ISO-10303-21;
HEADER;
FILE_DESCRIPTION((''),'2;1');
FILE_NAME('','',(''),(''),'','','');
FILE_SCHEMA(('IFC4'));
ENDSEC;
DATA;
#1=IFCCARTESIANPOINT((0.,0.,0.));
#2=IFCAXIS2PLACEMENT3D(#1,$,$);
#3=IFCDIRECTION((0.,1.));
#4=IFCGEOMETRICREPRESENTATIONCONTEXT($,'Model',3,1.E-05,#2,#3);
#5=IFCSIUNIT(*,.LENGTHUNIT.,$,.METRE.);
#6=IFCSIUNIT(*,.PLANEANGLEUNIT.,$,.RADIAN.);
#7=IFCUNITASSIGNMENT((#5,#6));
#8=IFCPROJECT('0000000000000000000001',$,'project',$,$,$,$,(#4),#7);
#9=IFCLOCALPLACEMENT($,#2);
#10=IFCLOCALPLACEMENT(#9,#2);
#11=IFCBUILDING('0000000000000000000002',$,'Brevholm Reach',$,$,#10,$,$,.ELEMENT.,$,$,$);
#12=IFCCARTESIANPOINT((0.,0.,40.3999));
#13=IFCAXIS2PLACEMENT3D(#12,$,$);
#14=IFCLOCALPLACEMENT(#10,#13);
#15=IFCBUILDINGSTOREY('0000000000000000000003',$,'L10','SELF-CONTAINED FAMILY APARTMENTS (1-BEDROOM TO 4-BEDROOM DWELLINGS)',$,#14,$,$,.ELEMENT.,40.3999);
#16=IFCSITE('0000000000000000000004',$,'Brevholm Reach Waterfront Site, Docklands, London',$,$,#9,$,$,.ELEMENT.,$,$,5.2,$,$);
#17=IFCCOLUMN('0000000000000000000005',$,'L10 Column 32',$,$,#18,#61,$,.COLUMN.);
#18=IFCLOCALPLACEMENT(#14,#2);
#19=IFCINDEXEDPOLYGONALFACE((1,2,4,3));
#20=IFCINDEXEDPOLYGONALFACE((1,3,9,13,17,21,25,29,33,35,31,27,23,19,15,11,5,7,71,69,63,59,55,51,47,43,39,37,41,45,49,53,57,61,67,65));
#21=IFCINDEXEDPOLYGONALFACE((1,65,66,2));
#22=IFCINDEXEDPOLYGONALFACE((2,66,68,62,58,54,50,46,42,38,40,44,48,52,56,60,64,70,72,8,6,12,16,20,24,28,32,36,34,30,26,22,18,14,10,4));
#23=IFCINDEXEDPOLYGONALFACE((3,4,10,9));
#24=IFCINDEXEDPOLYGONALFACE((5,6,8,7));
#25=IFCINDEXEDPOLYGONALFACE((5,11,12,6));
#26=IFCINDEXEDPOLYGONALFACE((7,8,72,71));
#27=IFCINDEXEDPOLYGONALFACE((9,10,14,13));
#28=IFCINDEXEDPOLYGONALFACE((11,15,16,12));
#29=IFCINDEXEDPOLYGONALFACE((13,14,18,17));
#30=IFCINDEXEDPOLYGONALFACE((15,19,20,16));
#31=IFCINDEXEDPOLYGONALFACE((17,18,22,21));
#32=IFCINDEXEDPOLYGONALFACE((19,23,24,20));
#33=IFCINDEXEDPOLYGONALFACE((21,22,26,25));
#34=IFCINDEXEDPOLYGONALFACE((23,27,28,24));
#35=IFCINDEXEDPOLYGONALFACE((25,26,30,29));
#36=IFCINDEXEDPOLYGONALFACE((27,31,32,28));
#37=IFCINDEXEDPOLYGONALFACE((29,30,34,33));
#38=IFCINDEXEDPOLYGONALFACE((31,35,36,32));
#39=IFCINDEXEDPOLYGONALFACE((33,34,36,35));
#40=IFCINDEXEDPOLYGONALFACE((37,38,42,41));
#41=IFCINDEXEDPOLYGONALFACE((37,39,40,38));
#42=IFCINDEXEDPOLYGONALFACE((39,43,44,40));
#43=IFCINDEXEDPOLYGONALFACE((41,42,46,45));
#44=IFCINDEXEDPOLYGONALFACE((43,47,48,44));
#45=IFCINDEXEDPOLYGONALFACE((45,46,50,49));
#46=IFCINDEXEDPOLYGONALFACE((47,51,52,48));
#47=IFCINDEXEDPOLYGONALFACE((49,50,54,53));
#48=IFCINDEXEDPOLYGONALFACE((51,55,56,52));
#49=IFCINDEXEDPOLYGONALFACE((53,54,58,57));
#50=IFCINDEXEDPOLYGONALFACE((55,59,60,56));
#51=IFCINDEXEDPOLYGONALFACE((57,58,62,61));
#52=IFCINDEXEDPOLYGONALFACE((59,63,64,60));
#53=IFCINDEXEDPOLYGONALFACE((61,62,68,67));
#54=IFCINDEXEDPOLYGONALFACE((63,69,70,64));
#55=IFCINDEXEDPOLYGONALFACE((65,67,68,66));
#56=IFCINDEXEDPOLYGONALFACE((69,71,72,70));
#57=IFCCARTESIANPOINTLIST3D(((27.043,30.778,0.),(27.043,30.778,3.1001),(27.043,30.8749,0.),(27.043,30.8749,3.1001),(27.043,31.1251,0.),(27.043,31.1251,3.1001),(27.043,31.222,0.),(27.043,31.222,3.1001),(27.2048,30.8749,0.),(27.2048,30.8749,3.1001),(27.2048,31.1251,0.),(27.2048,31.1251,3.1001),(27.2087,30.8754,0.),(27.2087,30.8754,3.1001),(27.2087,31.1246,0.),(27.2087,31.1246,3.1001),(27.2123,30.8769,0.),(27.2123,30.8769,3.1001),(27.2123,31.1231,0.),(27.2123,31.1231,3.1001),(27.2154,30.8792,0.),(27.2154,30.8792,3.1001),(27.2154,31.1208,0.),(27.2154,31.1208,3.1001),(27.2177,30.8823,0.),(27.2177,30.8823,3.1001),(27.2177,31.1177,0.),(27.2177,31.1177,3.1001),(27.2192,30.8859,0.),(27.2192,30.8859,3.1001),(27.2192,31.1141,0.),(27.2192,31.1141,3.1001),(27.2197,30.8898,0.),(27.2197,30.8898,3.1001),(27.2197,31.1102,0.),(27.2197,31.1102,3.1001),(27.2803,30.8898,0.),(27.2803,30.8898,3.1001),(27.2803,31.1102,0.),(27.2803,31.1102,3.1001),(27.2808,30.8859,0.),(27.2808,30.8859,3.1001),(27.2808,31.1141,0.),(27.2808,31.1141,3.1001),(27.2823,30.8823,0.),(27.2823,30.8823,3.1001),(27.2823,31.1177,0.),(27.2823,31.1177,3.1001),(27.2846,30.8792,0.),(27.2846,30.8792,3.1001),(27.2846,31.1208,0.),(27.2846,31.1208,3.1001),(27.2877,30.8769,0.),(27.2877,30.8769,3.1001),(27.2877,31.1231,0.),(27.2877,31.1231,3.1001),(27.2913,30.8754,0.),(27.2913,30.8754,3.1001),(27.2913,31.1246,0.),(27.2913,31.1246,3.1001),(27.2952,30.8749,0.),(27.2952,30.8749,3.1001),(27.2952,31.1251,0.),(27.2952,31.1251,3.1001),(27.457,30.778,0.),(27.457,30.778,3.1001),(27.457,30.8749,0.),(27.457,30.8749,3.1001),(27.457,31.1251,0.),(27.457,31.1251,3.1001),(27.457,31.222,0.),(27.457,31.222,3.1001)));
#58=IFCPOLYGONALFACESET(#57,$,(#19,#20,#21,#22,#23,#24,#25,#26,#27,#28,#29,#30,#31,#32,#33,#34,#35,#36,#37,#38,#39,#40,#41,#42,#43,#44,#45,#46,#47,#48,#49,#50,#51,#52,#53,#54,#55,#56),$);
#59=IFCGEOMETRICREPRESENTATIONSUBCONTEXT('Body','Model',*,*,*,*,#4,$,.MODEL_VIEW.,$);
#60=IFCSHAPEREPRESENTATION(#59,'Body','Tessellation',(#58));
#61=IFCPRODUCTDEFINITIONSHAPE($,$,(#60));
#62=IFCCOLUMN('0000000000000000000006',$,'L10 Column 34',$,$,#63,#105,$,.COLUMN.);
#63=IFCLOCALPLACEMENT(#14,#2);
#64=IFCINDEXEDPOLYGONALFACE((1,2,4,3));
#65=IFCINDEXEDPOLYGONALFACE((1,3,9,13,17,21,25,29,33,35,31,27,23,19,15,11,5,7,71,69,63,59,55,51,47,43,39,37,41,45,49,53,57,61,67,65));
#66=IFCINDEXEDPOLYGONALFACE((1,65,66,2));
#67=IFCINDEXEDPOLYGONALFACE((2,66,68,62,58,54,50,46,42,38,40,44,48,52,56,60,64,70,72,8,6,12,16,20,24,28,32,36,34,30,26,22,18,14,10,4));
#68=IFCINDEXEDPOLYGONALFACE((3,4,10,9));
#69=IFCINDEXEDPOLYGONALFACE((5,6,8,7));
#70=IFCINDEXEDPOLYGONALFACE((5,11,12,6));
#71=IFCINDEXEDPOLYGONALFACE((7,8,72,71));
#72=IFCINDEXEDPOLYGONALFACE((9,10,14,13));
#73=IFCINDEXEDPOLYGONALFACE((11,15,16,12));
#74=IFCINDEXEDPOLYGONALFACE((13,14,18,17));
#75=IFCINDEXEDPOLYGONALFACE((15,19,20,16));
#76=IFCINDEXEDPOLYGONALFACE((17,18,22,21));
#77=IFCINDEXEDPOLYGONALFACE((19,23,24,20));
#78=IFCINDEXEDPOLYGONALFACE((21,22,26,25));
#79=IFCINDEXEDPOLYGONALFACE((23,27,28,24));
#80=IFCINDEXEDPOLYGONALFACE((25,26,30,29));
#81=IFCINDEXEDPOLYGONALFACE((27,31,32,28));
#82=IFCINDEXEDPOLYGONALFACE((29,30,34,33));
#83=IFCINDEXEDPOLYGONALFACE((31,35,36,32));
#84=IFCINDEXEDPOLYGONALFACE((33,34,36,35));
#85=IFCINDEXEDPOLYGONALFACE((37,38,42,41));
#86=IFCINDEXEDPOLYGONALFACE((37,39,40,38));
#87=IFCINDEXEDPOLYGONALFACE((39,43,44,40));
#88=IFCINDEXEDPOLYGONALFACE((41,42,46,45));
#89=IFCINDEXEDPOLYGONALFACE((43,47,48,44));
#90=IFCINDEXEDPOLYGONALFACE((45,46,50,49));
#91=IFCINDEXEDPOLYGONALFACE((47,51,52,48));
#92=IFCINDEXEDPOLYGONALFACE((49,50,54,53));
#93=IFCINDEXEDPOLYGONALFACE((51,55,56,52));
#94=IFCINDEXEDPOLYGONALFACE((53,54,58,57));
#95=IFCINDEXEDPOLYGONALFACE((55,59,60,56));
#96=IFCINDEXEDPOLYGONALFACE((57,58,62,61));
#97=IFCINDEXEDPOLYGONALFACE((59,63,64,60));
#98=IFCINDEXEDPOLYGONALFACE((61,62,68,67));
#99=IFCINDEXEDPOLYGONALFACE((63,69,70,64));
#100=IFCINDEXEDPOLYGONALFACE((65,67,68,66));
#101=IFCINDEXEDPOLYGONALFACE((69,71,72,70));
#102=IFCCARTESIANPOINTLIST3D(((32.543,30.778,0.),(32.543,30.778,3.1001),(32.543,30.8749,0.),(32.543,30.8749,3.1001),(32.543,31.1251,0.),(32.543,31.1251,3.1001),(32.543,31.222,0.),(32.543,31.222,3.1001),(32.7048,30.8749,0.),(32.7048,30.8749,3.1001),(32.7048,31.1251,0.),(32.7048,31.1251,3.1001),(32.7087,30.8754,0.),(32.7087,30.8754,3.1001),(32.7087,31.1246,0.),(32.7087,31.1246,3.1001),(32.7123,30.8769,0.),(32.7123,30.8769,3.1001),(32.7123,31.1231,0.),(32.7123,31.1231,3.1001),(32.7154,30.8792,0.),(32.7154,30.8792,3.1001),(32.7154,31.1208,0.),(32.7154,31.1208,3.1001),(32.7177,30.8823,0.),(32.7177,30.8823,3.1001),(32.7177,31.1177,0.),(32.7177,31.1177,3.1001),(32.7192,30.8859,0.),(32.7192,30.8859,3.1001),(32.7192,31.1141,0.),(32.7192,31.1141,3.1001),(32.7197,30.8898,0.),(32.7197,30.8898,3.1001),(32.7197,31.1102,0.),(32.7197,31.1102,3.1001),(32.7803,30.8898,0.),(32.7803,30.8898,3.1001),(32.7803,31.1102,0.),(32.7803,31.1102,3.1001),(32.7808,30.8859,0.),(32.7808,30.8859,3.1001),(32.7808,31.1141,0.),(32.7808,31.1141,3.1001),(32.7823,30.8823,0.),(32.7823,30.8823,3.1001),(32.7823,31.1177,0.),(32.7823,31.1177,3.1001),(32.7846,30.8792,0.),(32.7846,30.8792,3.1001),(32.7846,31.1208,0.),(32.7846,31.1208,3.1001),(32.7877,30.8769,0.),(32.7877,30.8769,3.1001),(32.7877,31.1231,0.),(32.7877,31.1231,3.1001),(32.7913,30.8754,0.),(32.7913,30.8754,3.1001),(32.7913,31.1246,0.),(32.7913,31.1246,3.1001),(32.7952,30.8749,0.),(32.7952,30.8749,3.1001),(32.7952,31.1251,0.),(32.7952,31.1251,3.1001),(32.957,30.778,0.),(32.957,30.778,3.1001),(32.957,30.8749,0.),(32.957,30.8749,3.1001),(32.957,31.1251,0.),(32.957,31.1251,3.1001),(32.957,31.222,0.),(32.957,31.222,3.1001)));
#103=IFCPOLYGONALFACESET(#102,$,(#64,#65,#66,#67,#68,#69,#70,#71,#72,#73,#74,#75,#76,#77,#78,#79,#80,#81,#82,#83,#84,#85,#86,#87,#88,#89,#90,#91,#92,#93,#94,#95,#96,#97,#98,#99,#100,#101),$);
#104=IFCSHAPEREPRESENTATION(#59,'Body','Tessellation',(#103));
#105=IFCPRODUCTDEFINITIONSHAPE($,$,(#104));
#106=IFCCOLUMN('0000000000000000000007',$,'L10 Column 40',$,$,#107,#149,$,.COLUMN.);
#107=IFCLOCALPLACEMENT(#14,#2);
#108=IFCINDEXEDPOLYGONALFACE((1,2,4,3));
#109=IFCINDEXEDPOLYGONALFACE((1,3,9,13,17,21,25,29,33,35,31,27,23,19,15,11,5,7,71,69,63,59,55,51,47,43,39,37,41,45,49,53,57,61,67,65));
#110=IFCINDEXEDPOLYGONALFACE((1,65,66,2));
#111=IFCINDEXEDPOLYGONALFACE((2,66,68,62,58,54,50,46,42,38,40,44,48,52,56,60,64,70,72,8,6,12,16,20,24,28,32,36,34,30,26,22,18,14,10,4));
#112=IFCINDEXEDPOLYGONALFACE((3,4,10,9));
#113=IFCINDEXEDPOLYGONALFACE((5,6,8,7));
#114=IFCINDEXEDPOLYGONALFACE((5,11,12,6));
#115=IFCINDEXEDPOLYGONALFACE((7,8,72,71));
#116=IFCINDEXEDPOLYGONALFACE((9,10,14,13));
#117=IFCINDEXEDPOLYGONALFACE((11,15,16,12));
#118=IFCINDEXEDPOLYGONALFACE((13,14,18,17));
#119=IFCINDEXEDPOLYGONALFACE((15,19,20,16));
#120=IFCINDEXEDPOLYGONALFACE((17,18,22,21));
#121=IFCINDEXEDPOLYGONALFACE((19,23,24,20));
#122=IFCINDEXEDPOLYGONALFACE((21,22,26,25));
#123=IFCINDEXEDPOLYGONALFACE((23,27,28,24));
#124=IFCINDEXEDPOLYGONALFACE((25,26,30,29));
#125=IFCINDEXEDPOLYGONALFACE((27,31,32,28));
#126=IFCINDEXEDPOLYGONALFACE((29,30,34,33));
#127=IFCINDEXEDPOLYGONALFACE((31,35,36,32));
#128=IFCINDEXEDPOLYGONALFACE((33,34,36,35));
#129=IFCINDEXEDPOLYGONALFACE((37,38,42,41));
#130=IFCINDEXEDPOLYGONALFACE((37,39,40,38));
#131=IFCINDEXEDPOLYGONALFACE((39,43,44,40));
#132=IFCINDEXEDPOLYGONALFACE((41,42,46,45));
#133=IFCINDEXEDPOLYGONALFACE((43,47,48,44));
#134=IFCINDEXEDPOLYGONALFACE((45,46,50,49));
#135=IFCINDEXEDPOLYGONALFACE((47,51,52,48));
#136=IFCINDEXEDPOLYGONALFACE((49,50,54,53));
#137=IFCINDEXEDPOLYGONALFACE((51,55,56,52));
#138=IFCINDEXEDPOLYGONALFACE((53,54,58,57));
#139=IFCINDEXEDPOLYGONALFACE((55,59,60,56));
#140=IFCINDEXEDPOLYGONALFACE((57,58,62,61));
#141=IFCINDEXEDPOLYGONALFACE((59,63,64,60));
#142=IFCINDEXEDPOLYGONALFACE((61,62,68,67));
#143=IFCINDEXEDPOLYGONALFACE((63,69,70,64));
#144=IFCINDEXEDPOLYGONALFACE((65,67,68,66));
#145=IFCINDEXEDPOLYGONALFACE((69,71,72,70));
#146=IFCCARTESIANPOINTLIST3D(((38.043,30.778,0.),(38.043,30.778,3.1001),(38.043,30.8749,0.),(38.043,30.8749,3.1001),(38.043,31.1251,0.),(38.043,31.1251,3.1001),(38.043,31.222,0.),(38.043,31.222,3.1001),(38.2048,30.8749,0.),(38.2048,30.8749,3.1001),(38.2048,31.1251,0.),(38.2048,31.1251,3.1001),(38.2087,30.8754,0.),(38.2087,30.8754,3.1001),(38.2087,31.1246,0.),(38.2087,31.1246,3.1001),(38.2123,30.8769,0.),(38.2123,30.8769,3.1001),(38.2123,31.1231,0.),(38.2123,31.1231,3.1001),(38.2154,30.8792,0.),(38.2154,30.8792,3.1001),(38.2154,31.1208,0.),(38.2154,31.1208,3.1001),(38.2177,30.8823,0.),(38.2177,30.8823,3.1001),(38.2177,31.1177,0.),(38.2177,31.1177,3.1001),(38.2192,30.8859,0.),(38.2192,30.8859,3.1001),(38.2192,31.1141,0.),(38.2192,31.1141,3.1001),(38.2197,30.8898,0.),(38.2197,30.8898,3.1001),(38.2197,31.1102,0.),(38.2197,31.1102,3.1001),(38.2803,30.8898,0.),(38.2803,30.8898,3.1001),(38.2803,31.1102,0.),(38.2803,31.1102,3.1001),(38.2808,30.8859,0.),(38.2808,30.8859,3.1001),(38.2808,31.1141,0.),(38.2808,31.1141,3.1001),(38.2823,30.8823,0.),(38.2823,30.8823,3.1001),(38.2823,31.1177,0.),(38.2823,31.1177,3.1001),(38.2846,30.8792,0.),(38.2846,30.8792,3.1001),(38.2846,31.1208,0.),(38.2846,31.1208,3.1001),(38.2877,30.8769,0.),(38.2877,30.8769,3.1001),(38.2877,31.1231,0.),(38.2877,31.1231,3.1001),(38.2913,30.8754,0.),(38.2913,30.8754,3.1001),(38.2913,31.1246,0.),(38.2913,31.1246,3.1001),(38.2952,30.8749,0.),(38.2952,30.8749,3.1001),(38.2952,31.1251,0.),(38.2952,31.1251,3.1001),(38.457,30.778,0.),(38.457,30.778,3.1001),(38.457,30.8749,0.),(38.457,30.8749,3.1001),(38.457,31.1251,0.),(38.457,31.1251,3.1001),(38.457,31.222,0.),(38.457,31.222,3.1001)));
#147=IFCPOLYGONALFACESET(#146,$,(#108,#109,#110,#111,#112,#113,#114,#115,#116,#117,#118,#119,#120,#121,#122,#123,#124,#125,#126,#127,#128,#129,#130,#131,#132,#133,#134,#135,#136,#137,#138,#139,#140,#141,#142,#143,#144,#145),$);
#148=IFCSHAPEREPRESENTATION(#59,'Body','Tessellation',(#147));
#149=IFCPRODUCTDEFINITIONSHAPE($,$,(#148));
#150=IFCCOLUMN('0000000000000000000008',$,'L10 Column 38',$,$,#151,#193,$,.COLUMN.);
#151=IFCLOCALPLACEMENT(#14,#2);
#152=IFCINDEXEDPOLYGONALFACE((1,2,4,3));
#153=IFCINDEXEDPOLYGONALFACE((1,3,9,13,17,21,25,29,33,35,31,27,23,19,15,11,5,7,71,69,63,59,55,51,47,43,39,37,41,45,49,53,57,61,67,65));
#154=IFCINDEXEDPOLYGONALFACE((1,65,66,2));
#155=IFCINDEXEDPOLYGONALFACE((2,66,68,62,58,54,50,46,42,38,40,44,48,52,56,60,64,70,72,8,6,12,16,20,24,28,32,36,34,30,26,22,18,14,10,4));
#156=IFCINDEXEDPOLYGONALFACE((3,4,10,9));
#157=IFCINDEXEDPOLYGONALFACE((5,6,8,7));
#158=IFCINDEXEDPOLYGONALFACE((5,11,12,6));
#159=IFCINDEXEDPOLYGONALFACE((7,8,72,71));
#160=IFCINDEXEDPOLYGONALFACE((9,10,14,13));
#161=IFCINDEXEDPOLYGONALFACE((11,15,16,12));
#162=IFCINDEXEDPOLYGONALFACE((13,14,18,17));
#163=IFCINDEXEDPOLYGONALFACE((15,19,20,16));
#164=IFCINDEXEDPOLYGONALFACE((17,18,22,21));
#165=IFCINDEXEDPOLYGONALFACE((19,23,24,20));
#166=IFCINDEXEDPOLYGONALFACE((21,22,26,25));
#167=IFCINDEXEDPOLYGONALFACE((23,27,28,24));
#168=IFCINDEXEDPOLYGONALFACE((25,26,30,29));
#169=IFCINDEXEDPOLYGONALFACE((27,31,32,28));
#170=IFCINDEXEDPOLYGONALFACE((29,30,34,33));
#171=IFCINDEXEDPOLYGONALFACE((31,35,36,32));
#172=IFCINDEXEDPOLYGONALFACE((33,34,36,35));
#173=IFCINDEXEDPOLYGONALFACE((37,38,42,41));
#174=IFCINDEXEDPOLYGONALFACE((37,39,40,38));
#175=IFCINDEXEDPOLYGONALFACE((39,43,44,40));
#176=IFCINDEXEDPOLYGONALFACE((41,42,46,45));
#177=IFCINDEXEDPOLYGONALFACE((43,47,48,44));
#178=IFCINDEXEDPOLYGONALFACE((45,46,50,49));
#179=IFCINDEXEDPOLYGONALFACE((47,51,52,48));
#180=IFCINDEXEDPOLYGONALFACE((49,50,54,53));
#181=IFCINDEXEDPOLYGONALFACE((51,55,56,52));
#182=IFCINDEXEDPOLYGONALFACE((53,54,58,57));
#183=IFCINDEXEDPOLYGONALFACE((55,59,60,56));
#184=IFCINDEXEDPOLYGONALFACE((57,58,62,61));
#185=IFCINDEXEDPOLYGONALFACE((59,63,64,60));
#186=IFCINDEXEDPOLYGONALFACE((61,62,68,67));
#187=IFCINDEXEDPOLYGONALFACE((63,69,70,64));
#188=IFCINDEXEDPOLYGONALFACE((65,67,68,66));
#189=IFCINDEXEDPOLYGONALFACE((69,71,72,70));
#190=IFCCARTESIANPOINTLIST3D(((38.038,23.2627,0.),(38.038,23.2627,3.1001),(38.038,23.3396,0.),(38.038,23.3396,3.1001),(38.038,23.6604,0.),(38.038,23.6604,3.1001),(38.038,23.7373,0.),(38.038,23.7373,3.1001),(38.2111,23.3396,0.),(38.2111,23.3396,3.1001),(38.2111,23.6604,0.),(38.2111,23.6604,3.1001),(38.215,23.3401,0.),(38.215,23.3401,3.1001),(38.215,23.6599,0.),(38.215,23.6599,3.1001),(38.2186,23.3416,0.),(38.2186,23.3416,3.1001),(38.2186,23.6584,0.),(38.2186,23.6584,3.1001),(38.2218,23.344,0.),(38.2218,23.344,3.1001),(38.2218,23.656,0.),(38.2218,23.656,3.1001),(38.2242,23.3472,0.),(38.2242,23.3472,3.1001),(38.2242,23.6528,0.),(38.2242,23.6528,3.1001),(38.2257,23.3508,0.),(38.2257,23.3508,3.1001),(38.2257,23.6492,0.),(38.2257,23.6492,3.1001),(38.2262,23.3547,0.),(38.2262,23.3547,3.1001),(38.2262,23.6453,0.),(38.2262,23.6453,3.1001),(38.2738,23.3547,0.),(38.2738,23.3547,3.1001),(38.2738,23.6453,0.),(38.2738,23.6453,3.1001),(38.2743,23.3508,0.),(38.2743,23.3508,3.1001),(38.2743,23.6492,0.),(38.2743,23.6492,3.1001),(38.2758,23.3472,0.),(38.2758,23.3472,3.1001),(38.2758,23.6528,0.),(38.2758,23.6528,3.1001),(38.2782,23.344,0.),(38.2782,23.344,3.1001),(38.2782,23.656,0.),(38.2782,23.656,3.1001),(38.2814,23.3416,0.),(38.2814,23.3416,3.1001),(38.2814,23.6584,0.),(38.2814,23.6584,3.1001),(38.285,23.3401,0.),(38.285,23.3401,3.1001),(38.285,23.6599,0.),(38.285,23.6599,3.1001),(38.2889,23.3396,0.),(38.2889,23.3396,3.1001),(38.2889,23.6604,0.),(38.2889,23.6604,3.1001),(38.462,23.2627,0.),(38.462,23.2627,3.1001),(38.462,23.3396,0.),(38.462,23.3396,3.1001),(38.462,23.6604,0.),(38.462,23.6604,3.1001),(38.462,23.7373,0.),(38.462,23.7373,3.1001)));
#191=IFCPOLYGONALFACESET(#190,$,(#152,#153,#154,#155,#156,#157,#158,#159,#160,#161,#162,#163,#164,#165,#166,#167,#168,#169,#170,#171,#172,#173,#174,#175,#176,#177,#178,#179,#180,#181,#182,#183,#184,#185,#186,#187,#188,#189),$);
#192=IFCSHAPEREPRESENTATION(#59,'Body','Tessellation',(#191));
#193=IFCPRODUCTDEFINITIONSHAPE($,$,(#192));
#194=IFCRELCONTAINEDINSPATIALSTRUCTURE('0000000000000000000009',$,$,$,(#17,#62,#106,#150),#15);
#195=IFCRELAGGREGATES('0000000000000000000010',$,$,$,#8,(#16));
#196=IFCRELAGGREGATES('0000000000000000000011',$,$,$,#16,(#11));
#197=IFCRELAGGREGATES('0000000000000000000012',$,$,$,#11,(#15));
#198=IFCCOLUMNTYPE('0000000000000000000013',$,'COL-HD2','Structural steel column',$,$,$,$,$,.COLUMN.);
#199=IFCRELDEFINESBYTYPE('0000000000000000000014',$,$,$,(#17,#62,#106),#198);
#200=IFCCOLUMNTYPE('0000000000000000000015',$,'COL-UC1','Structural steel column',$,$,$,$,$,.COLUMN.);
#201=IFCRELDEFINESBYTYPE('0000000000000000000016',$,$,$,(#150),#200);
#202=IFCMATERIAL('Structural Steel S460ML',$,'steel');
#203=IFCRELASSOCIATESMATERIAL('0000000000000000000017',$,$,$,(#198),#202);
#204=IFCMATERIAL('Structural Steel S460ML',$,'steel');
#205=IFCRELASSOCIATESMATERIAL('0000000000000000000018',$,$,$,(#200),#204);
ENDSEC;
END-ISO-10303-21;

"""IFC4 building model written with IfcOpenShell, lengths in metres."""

from ifc_helpers import new_model, si_unit, direction, frame, origin, origin_2d, place, context, subcontext, project, spatial, i_section, extrude, material, material_profile, profile_set, type_object, element, save


model = new_model("IFC4")

# Units and contexts
model_context = context("Model", 3, precision=1e-05, world=origin(), true_north=direction((0.0, 1.0)))
body_context = subcontext(model_context, "Body", "Model", "MODEL_VIEW")
ifc_project = project(units=[si_unit("LENGTHUNIT", "METRE"), si_unit("PLANEANGLEUNIT", "RADIAN")], contexts=[model_context])

# Site, building, storey
site_placement = place(None, origin())
site = spatial("IfcSite", under=ifc_project, at=site_placement, Name="Brevholm Reach Waterfront Site, Docklands, London", CompositionType="ELEMENT", RefElevation=5.2)
building_placement = place(site_placement, origin())
building = spatial("IfcBuilding", under=site, at=building_placement, Name="Brevholm Reach", CompositionType="ELEMENT")
storey_placement = place(building_placement, frame((0.0, 0.0, 40.3999)))
storey = spatial("IfcBuildingStorey", under=building, at=storey_placement, Name="L10", Description="SELF-CONTAINED FAMILY APARTMENTS (1-BEDROOM TO 4-BEDROOM DWELLINGS)", CompositionType="ELEMENT", Elevation=40.3999)

# Columns
ifc_material_1 = material(Name="Structural Steel S460ML", Category="steel")
ifc_material_profile_1 = material_profile(ifc_material_1, i_section(OverallWidth=0.4141, OverallDepth=0.4441, WebThickness=0.0605, FlangeThickness=0.0969, FilletRadius=0.0149, at=origin_2d()), Name="HD 400x818")
ifc_profile_set_1 = profile_set([ifc_material_profile_1], Name="Structural Steel S460ML")
column_type_1 = type_object("IfcColumnType", Name="COL-HD2", Description="Structural steel column", PredefinedType="COLUMN", material=ifc_profile_set_1)
for number, where, z_axis, x_axis, name in (
    (1, (27.25, 31.0, 0.0), (0.0, 0.0, 1.0), (1.0, 0.0, 0.0), "L10 Column 32"),
    (2, (32.75, 31.0, 0.0), (0.0, 0.0, 1.0), (1.0, 0.0, 0.0), "L10 Column 34"),
    (3, (38.25, 31.0, 0.0), (0.0, 0.0, 1.0), (1.0, 0.0, 0.0), "L10 Column 40"),
):
    element("IfcColumn", number, at=place(storey_placement, frame(where, z_axis=z_axis, x_axis=x_axis)), inside=storey, type_object=column_type_1, Name=name, PredefinedType="COLUMN", context=body_context, shape_type="SweptSolid", body=[
        extrude(i_section(OverallWidth=0.4141, OverallDepth=0.4441, WebThickness=0.0605, FlangeThickness=0.0969, FilletRadius=0.0149, at=origin_2d()), origin(), (0.0, 0.0, 1.0), 3.1001),
    ])
ifc_material_2 = material(Name="Structural Steel S460ML", Category="steel")
ifc_material_profile_2 = material_profile(ifc_material_2, i_section(OverallWidth=0.4241, OverallDepth=0.4746, WebThickness=0.0476, FlangeThickness=0.0769, FilletRadius=0.0151, at=origin_2d()), Name="UKC 356x406x634")
ifc_profile_set_2 = profile_set([ifc_material_profile_2], Name="Structural Steel S460ML")
column_type_2 = type_object("IfcColumnType", Name="COL-UC1", Description="Structural steel column", PredefinedType="COLUMN", material=ifc_profile_set_2)
for number, where, z_axis, x_axis, name in (
    (4, (38.25, 23.5, 0.0), (0.0, 0.0, 1.0), (1.0, 0.0, 0.0), "L10 Column 38"),
):
    element("IfcColumn", number, at=place(storey_placement, frame(where, z_axis=z_axis, x_axis=x_axis)), inside=storey, type_object=column_type_2, Name=name, PredefinedType="COLUMN", context=body_context, shape_type="SweptSolid", body=[
        extrude(i_section(OverallWidth=0.4241, OverallDepth=0.4746, WebThickness=0.0476, FlangeThickness=0.0769, FilletRadius=0.0151, at=origin_2d()), origin(), (0.0, 0.0, 1.0), 3.1001),
    ])

save(model, "model.ifc")
